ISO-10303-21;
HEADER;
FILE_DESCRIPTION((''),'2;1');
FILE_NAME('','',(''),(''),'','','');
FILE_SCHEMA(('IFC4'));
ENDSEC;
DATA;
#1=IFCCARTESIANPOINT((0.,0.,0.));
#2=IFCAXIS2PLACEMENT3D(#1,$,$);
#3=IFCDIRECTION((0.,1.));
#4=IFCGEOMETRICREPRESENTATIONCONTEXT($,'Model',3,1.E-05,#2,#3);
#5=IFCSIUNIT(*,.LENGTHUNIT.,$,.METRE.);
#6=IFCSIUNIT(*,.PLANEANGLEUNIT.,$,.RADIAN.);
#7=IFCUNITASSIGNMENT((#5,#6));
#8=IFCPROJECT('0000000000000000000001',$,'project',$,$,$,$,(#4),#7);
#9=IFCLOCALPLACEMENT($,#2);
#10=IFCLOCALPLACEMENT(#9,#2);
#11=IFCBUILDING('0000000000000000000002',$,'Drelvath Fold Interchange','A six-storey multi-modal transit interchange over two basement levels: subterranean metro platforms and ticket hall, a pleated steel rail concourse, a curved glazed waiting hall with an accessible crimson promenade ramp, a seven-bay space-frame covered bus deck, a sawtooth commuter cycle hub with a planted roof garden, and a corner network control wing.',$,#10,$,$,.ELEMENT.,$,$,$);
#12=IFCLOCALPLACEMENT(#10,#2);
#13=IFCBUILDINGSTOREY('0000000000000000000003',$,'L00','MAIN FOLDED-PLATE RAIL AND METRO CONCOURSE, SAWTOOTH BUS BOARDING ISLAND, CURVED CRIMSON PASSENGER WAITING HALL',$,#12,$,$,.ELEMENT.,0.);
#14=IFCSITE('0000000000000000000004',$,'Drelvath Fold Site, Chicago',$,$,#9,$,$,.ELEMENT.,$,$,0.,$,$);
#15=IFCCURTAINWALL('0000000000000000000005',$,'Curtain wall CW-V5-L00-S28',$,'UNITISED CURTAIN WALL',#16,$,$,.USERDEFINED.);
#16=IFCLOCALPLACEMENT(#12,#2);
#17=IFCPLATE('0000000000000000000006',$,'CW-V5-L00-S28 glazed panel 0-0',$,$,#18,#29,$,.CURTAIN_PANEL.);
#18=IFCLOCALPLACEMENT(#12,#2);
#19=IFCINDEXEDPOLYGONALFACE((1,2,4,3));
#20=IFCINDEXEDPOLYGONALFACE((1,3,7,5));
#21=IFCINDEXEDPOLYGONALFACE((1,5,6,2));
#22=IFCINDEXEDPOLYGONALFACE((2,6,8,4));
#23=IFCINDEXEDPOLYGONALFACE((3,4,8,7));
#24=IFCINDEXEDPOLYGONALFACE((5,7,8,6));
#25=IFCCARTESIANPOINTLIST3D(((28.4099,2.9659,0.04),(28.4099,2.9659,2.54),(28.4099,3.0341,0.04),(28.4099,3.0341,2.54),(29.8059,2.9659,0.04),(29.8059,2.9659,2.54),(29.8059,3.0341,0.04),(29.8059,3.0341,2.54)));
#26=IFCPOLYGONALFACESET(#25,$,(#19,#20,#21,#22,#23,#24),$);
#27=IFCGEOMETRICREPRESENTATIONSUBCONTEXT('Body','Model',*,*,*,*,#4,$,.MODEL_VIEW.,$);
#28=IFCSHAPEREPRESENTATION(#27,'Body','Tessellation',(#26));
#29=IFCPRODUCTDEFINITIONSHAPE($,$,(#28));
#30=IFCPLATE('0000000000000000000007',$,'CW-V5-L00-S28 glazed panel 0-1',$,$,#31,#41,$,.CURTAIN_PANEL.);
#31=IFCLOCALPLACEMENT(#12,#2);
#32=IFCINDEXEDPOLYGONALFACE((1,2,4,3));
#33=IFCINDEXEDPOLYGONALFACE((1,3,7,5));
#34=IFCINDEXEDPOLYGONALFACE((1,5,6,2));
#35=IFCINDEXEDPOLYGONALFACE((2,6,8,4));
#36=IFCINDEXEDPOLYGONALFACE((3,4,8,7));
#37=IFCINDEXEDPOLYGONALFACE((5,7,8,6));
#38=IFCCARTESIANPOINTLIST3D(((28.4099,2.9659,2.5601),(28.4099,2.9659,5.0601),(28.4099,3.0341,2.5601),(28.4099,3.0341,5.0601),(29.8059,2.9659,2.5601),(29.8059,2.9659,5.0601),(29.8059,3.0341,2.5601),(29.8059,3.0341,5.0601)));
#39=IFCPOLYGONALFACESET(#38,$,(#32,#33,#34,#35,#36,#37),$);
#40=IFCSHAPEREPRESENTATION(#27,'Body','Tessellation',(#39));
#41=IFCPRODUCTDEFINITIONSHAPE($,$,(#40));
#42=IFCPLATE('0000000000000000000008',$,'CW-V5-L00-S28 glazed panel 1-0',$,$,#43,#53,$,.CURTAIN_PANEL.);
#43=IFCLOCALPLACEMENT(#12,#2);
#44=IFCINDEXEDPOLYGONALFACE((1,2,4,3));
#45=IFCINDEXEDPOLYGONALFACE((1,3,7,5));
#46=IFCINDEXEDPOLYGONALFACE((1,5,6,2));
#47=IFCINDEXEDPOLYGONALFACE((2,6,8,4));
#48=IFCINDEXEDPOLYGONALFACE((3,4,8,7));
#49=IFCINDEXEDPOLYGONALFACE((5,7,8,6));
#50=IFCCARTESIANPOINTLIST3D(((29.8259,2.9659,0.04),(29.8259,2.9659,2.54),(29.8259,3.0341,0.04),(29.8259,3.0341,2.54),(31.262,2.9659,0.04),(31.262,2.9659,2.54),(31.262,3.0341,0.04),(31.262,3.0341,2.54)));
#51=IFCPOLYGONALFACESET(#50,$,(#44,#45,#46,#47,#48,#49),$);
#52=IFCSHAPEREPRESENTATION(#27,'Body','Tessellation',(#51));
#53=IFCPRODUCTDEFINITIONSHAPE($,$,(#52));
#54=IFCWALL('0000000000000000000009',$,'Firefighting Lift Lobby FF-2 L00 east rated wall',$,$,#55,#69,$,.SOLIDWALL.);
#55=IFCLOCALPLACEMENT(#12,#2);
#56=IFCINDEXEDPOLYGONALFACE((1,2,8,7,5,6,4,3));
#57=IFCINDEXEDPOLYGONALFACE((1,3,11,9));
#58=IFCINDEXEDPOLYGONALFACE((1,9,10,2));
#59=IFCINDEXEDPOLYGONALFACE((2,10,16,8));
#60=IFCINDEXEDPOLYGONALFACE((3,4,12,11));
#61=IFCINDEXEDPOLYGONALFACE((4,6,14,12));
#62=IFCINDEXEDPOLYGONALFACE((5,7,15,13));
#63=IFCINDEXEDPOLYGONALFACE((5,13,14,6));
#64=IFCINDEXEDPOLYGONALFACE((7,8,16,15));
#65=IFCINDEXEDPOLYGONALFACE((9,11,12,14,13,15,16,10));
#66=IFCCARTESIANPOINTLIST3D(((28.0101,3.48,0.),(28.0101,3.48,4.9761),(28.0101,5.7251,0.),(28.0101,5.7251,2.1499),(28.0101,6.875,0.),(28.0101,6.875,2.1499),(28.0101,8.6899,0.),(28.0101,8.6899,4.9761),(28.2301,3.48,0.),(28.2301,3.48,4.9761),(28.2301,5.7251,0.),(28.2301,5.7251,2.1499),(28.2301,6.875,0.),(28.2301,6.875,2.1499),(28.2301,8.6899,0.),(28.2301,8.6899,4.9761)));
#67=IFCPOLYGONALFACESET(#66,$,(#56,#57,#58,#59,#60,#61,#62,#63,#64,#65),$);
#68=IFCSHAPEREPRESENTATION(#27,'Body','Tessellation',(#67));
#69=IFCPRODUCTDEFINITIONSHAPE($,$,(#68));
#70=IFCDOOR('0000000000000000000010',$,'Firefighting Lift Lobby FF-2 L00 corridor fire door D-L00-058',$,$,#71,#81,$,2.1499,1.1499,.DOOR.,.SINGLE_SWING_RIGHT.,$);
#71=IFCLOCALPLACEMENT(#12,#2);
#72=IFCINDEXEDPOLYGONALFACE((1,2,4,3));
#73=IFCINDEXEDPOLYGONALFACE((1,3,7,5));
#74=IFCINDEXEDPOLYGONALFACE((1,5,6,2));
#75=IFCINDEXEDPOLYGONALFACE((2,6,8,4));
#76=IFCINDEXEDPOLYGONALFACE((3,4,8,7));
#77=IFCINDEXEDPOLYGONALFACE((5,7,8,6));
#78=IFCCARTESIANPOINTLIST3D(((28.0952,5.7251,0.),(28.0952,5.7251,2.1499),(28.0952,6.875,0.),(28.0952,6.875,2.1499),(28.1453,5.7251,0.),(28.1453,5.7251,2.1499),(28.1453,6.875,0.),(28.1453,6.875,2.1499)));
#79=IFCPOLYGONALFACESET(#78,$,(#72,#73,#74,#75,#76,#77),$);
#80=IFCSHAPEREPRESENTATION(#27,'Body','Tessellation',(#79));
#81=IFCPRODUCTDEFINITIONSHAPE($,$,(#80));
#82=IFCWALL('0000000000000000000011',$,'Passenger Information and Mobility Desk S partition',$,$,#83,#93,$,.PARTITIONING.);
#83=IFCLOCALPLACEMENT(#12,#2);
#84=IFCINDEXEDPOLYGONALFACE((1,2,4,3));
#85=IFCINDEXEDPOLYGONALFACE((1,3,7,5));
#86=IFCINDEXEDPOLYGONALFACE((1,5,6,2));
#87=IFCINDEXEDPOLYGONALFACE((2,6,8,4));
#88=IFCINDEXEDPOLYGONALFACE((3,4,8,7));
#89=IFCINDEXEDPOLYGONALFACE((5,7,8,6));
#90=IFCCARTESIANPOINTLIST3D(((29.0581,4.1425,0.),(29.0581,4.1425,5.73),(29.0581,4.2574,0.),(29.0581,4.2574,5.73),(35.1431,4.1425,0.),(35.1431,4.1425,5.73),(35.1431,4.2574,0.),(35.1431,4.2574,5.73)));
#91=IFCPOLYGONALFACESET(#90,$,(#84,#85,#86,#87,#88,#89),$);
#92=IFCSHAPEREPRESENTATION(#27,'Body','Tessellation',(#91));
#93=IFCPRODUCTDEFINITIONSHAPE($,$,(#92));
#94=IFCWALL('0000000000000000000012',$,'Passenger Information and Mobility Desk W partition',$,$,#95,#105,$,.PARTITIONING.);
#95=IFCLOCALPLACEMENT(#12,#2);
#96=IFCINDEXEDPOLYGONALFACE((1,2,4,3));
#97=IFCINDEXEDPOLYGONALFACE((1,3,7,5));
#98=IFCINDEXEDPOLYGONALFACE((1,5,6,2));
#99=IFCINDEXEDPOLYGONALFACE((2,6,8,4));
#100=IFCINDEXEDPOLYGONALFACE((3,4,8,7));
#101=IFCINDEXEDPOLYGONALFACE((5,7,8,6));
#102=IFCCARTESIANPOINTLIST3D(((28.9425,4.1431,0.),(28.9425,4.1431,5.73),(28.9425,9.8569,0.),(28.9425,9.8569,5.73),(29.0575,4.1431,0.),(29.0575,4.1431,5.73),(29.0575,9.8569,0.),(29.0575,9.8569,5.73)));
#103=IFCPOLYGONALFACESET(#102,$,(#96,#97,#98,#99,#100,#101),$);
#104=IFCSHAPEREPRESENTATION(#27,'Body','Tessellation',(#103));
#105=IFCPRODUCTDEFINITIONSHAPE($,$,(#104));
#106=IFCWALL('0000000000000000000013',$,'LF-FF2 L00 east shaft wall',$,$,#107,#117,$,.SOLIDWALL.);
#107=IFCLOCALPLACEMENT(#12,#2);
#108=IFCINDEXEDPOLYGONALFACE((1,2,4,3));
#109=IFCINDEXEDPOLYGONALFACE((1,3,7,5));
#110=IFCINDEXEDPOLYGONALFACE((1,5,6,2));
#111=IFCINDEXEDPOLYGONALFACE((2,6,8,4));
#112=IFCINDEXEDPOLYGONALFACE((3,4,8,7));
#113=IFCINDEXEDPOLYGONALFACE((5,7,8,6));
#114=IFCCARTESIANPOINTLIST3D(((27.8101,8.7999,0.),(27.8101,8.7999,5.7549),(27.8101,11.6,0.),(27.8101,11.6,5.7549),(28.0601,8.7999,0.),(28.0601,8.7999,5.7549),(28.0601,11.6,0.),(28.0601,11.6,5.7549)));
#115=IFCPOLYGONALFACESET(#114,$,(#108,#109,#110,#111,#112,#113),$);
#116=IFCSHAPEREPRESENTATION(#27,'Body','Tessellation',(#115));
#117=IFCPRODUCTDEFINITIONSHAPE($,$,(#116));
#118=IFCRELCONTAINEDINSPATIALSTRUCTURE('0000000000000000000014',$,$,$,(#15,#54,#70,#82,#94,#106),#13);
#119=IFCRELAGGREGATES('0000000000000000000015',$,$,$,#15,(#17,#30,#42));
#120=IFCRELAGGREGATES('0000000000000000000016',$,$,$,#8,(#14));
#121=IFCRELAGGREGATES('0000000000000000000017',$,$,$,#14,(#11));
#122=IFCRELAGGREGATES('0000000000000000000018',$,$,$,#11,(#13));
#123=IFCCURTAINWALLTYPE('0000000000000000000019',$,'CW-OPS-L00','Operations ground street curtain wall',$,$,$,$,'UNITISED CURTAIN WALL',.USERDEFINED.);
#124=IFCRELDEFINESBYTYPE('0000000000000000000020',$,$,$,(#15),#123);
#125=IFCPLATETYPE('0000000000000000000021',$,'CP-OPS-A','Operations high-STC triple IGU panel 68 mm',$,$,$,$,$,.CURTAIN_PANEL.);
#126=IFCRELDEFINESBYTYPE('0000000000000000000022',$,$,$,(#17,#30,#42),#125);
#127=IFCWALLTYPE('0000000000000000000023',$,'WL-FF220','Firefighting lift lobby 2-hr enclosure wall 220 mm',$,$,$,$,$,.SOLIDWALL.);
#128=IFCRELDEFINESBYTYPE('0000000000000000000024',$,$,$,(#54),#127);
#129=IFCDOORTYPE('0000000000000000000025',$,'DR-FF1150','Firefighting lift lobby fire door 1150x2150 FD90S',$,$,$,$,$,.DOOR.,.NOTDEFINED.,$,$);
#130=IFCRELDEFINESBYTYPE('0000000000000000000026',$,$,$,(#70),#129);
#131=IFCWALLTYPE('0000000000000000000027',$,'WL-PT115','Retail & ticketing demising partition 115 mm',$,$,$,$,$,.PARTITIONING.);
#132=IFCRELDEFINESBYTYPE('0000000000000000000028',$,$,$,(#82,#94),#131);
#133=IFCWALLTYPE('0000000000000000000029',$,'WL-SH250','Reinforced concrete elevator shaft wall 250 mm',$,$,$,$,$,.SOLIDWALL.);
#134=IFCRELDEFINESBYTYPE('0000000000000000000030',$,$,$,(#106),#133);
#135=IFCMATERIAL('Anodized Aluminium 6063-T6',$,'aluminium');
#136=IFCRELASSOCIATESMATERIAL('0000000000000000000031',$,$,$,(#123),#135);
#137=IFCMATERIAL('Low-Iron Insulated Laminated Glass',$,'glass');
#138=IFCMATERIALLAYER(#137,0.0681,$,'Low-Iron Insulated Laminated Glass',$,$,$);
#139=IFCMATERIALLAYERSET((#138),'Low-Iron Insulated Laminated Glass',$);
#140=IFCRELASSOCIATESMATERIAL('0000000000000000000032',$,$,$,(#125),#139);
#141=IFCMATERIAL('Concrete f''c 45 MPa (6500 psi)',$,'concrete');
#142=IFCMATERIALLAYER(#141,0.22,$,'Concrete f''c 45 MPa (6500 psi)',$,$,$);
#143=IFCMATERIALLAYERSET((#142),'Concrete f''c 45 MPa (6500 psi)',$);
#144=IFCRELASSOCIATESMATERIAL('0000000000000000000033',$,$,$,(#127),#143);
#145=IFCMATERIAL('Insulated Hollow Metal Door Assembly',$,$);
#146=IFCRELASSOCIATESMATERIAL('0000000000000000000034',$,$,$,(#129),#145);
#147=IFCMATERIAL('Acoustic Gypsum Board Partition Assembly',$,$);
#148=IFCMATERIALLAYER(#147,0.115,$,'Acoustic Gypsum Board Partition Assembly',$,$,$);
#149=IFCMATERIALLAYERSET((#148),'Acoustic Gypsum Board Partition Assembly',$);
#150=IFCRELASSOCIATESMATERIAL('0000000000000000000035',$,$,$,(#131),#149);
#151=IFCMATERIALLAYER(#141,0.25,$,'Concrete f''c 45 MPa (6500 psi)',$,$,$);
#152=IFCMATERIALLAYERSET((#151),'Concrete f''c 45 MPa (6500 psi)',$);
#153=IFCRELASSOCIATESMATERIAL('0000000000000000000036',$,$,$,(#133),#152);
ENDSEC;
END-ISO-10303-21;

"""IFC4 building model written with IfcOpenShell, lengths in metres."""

from ifc_helpers import new_model, si_unit, direction, frame, frame_2d, origin, origin_2d, place, context, subcontext, project, spatial, rectangle, extrude, material, layer, layer_set, type_object, element, fill, aggregate, save


model = new_model("IFC4")

# Units and contexts
model_context = context("Model", 3, precision=1e-05, world=origin(), true_north=direction((0.0, 1.0)))
body_context = subcontext(model_context, "Body", "Model", "MODEL_VIEW")
ifc_project = project(units=[si_unit("LENGTHUNIT", "METRE"), si_unit("PLANEANGLEUNIT", "RADIAN")], contexts=[model_context])

# Site, building, storey
site_placement = place(None, origin())
site = spatial("IfcSite", under=ifc_project, at=site_placement, Name="Drelvath Fold Site, Chicago", CompositionType="ELEMENT", RefElevation=0.0)
building_placement = place(site_placement, origin())
building = spatial("IfcBuilding", under=site, at=building_placement, Name="Drelvath Fold Interchange", Description="A six-storey multi-modal transit interchange over two basement levels: subterranean metro platforms and ticket hall, a pleated steel rail concourse, a curved glazed waiting hall with an accessible crimson promenade ramp, a seven-bay space-frame covered bus deck, a sawtooth commuter cycle hub with a planted roof garden, and a corner network control wing.", CompositionType="ELEMENT")
storey_placement = place(building_placement, origin())
storey = spatial("IfcBuildingStorey", under=building, at=storey_placement, Name="L00", Description="MAIN FOLDED-PLATE RAIL AND METRO CONCOURSE, SAWTOOTH BUS BOARDING ISLAND, CURVED CRIMSON PASSENGER WAITING HALL", CompositionType="ELEMENT", Elevation=0.0)

# Curtain wall, plates
ifc_material_1 = material(Name="Anodized Aluminium 6063-T6", Category="aluminium")
curtain_wall_type = type_object("IfcCurtainWallType", Name="CW-OPS-L00", Description="Operations ground street curtain wall", ElementType="UNITISED CURTAIN WALL", PredefinedType="USERDEFINED", material=ifc_material_1)
curtain_wall_placement = place(storey_placement, origin())
curtain_wall = element("IfcCurtainWall", 1, at=curtain_wall_placement, inside=storey, type_object=curtain_wall_type, Name="Curtain wall CW-V5-L00-S28", ObjectType="UNITISED CURTAIN WALL", PredefinedType="USERDEFINED")
ifc_material_2 = material(Name="Low-Iron Insulated Laminated Glass", Category="glass")
ifc_layer_1 = layer(ifc_material_2, 0.0681, Name="Low-Iron Insulated Laminated Glass")
ifc_layer_set_1 = layer_set([ifc_layer_1], Name="Low-Iron Insulated Laminated Glass")
plate_type = type_object("IfcPlateType", Name="CP-OPS-A", Description="Operations high-STC triple IGU panel 68 mm", PredefinedType="CURTAIN_PANEL", material=ifc_layer_set_1)
plate_1_placement = place(storey_placement, frame((29.1079, 3.0, 0.04), z_axis=(0.0, 0.0, 1.0), x_axis=(1.0, 0.0, 0.0)))
plate_1 = element("IfcPlate", 2, at=plate_1_placement, type_object=plate_type, Name="CW-V5-L00-S28 glazed panel 0-0", PredefinedType="CURTAIN_PANEL", context=body_context, shape_type="SweptSolid", body=[
    extrude(rectangle(XDim=1.396, YDim=0.0681, at=origin_2d()), origin(), (0.0, 0.0, 1.0), 2.5),
])
plate_2_placement = place(storey_placement, frame((29.1079, 3.0, 2.5601), z_axis=(0.0, 0.0, 1.0), x_axis=(1.0, 0.0, 0.0)))
plate_2 = element("IfcPlate", 3, at=plate_2_placement, type_object=plate_type, Name="CW-V5-L00-S28 glazed panel 0-1", PredefinedType="CURTAIN_PANEL", context=body_context, shape_type="SweptSolid", body=[
    extrude(rectangle(XDim=1.396, YDim=0.0681, at=origin_2d()), origin(), (0.0, 0.0, 1.0), 2.5),
])
plate_3_placement = place(storey_placement, frame((30.5439, 3.0, 0.04), z_axis=(0.0, 0.0, 1.0), x_axis=(1.0, 0.0, 0.0)))
plate_3 = element("IfcPlate", 4, at=plate_3_placement, type_object=plate_type, Name="CW-V5-L00-S28 glazed panel 1-0", PredefinedType="CURTAIN_PANEL", context=body_context, shape_type="SweptSolid", body=[
    extrude(rectangle(XDim=1.436, YDim=0.0681, at=origin_2d()), origin(), (0.0, 0.0, 1.0), 2.5),
])
aggregate(curtain_wall, [plate_1, plate_2, plate_3])

# Wall, opening, door
ifc_material_3 = material(Name="Concrete f'c 45 MPa (6500 psi)", Category="concrete")
ifc_layer_2 = layer(ifc_material_3, 0.22, Name="Concrete f'c 45 MPa (6500 psi)")
ifc_layer_set_2 = layer_set([ifc_layer_2], Name="Concrete f'c 45 MPa (6500 psi)")
wall_type_1 = type_object("IfcWallType", Name="WL-FF220", Description="Firefighting lift lobby 2-hr enclosure wall 220 mm", PredefinedType="SOLIDWALL", material=ifc_layer_set_2)
wall_1_placement = place(storey_placement, frame((28.1201, 3.48, 0.0), z_axis=(0.0, 0.0, 1.0), x_axis=(0.0, 1.0, 0.0)))
wall_1 = element("IfcWall", 5, at=wall_1_placement, inside=storey, type_object=wall_type_1, Name="Firefighting Lift Lobby FF-2 L00 east rated wall", PredefinedType="SOLIDWALL", context=body_context, shape_type="SweptSolid", body=[
    extrude(rectangle(XDim=5.21, YDim=0.22, at=frame_2d((2.605, 0.0))), origin(), (0.0, 0.0, 1.0), 4.9761),
])
opening_placement = place(wall_1_placement, frame((2.2451, 0.0, 0.0)))
opening = element("IfcOpeningElement", 6, at=opening_placement, cuts=wall_1, PredefinedType="OPENING", context=body_context, shape_type="SweptSolid", body=[
    extrude(rectangle(XDim=1.1499, YDim=2.1499, at=frame_2d((0.575, 1.075))), frame((0.0, 0.1199, 0.0), z_axis=(0.0, -1.0, 0.0), x_axis=(1.0, 0.0, 0.0)), (0.0, 0.0, 1.0), 0.24),
])
ifc_material_4 = material(Name="Insulated Hollow Metal Door Assembly")
door_type = type_object("IfcDoorType", Name="DR-FF1150", Description="Firefighting lift lobby fire door 1150x2150 FD90S", OperationType="NOTDEFINED", PredefinedType="DOOR", material=ifc_material_4)
door_placement = place(opening_placement, origin())
door = element("IfcDoor", 7, at=door_placement, inside=storey, type_object=door_type, Name="Firefighting Lift Lobby FF-2 L00 corridor fire door D-L00-058", OperationType="SINGLE_SWING_RIGHT", OverallHeight=2.1499, OverallWidth=1.1499, PredefinedType="DOOR", context=body_context, shape_type="SweptSolid", body=[
    extrude(rectangle(XDim=1.1499, YDim=2.1499, at=frame_2d((0.575, 1.075))), frame((0.0, 0.0249, 0.0), z_axis=(0.0, -1.0, 0.0), x_axis=(1.0, 0.0, 0.0)), (0.0, 0.0, 1.0), 0.05),
])
fill(opening, door)

# Walls
ifc_material_5 = material(Name="Acoustic Gypsum Board Partition Assembly")
ifc_layer_3 = layer(ifc_material_5, 0.115, Name="Acoustic Gypsum Board Partition Assembly")
ifc_layer_set_3 = layer_set([ifc_layer_3], Name="Acoustic Gypsum Board Partition Assembly")
wall_type_2 = type_object("IfcWallType", Name="WL-PT115", Description="Retail & ticketing demising partition 115 mm", PredefinedType="PARTITIONING", material=ifc_layer_set_3)
wall_2_placement = place(storey_placement, frame((29.0581, 4.2, 0.0), z_axis=(0.0, 0.0, 1.0), x_axis=(1.0, 0.0, 0.0)))
element("IfcWall", 8, at=wall_2_placement, inside=storey, type_object=wall_type_2, Name="Passenger Information and Mobility Desk S partition", PredefinedType="PARTITIONING", context=body_context, shape_type="SweptSolid", body=[
    extrude(rectangle(XDim=6.085, YDim=0.115, at=frame_2d((3.0425, 0.0))), origin(), (0.0, 0.0, 1.0), 5.73),
])
wall_3_placement = place(storey_placement, frame((29.0, 9.8569, 0.0), z_axis=(0.0, 0.0, 1.0), x_axis=(0.0, -1.0, 0.0)))
element("IfcWall", 9, at=wall_3_placement, inside=storey, type_object=wall_type_2, Name="Passenger Information and Mobility Desk W partition", PredefinedType="PARTITIONING", context=body_context, shape_type="SweptSolid", body=[
    extrude(rectangle(XDim=5.7139, YDim=0.115, at=frame_2d((2.8569, 0.0))), origin(), (0.0, 0.0, 1.0), 5.73),
])
ifc_layer_4 = layer(ifc_material_3, 0.25, Name="Concrete f'c 45 MPa (6500 psi)")
ifc_layer_set_4 = layer_set([ifc_layer_4], Name="Concrete f'c 45 MPa (6500 psi)")
wall_type_3 = type_object("IfcWallType", Name="WL-SH250", Description="Reinforced concrete elevator shaft wall 250 mm", PredefinedType="SOLIDWALL", material=ifc_layer_set_4)
wall_4_placement = place(storey_placement, frame((27.9351, 8.8, 0.0), z_axis=(0.0, 0.0, 1.0), x_axis=(0.0, 1.0, 0.0)))
element("IfcWall", 10, at=wall_4_placement, inside=storey, type_object=wall_type_3, Name="LF-FF2 L00 east shaft wall", PredefinedType="SOLIDWALL", context=body_context, shape_type="SweptSolid", body=[
    extrude(rectangle(XDim=2.8, YDim=0.25, at=frame_2d((1.3999, 0.0))), origin(), (0.0, 0.0, 1.0), 5.7549),
])

save(model, "model.ifc")
